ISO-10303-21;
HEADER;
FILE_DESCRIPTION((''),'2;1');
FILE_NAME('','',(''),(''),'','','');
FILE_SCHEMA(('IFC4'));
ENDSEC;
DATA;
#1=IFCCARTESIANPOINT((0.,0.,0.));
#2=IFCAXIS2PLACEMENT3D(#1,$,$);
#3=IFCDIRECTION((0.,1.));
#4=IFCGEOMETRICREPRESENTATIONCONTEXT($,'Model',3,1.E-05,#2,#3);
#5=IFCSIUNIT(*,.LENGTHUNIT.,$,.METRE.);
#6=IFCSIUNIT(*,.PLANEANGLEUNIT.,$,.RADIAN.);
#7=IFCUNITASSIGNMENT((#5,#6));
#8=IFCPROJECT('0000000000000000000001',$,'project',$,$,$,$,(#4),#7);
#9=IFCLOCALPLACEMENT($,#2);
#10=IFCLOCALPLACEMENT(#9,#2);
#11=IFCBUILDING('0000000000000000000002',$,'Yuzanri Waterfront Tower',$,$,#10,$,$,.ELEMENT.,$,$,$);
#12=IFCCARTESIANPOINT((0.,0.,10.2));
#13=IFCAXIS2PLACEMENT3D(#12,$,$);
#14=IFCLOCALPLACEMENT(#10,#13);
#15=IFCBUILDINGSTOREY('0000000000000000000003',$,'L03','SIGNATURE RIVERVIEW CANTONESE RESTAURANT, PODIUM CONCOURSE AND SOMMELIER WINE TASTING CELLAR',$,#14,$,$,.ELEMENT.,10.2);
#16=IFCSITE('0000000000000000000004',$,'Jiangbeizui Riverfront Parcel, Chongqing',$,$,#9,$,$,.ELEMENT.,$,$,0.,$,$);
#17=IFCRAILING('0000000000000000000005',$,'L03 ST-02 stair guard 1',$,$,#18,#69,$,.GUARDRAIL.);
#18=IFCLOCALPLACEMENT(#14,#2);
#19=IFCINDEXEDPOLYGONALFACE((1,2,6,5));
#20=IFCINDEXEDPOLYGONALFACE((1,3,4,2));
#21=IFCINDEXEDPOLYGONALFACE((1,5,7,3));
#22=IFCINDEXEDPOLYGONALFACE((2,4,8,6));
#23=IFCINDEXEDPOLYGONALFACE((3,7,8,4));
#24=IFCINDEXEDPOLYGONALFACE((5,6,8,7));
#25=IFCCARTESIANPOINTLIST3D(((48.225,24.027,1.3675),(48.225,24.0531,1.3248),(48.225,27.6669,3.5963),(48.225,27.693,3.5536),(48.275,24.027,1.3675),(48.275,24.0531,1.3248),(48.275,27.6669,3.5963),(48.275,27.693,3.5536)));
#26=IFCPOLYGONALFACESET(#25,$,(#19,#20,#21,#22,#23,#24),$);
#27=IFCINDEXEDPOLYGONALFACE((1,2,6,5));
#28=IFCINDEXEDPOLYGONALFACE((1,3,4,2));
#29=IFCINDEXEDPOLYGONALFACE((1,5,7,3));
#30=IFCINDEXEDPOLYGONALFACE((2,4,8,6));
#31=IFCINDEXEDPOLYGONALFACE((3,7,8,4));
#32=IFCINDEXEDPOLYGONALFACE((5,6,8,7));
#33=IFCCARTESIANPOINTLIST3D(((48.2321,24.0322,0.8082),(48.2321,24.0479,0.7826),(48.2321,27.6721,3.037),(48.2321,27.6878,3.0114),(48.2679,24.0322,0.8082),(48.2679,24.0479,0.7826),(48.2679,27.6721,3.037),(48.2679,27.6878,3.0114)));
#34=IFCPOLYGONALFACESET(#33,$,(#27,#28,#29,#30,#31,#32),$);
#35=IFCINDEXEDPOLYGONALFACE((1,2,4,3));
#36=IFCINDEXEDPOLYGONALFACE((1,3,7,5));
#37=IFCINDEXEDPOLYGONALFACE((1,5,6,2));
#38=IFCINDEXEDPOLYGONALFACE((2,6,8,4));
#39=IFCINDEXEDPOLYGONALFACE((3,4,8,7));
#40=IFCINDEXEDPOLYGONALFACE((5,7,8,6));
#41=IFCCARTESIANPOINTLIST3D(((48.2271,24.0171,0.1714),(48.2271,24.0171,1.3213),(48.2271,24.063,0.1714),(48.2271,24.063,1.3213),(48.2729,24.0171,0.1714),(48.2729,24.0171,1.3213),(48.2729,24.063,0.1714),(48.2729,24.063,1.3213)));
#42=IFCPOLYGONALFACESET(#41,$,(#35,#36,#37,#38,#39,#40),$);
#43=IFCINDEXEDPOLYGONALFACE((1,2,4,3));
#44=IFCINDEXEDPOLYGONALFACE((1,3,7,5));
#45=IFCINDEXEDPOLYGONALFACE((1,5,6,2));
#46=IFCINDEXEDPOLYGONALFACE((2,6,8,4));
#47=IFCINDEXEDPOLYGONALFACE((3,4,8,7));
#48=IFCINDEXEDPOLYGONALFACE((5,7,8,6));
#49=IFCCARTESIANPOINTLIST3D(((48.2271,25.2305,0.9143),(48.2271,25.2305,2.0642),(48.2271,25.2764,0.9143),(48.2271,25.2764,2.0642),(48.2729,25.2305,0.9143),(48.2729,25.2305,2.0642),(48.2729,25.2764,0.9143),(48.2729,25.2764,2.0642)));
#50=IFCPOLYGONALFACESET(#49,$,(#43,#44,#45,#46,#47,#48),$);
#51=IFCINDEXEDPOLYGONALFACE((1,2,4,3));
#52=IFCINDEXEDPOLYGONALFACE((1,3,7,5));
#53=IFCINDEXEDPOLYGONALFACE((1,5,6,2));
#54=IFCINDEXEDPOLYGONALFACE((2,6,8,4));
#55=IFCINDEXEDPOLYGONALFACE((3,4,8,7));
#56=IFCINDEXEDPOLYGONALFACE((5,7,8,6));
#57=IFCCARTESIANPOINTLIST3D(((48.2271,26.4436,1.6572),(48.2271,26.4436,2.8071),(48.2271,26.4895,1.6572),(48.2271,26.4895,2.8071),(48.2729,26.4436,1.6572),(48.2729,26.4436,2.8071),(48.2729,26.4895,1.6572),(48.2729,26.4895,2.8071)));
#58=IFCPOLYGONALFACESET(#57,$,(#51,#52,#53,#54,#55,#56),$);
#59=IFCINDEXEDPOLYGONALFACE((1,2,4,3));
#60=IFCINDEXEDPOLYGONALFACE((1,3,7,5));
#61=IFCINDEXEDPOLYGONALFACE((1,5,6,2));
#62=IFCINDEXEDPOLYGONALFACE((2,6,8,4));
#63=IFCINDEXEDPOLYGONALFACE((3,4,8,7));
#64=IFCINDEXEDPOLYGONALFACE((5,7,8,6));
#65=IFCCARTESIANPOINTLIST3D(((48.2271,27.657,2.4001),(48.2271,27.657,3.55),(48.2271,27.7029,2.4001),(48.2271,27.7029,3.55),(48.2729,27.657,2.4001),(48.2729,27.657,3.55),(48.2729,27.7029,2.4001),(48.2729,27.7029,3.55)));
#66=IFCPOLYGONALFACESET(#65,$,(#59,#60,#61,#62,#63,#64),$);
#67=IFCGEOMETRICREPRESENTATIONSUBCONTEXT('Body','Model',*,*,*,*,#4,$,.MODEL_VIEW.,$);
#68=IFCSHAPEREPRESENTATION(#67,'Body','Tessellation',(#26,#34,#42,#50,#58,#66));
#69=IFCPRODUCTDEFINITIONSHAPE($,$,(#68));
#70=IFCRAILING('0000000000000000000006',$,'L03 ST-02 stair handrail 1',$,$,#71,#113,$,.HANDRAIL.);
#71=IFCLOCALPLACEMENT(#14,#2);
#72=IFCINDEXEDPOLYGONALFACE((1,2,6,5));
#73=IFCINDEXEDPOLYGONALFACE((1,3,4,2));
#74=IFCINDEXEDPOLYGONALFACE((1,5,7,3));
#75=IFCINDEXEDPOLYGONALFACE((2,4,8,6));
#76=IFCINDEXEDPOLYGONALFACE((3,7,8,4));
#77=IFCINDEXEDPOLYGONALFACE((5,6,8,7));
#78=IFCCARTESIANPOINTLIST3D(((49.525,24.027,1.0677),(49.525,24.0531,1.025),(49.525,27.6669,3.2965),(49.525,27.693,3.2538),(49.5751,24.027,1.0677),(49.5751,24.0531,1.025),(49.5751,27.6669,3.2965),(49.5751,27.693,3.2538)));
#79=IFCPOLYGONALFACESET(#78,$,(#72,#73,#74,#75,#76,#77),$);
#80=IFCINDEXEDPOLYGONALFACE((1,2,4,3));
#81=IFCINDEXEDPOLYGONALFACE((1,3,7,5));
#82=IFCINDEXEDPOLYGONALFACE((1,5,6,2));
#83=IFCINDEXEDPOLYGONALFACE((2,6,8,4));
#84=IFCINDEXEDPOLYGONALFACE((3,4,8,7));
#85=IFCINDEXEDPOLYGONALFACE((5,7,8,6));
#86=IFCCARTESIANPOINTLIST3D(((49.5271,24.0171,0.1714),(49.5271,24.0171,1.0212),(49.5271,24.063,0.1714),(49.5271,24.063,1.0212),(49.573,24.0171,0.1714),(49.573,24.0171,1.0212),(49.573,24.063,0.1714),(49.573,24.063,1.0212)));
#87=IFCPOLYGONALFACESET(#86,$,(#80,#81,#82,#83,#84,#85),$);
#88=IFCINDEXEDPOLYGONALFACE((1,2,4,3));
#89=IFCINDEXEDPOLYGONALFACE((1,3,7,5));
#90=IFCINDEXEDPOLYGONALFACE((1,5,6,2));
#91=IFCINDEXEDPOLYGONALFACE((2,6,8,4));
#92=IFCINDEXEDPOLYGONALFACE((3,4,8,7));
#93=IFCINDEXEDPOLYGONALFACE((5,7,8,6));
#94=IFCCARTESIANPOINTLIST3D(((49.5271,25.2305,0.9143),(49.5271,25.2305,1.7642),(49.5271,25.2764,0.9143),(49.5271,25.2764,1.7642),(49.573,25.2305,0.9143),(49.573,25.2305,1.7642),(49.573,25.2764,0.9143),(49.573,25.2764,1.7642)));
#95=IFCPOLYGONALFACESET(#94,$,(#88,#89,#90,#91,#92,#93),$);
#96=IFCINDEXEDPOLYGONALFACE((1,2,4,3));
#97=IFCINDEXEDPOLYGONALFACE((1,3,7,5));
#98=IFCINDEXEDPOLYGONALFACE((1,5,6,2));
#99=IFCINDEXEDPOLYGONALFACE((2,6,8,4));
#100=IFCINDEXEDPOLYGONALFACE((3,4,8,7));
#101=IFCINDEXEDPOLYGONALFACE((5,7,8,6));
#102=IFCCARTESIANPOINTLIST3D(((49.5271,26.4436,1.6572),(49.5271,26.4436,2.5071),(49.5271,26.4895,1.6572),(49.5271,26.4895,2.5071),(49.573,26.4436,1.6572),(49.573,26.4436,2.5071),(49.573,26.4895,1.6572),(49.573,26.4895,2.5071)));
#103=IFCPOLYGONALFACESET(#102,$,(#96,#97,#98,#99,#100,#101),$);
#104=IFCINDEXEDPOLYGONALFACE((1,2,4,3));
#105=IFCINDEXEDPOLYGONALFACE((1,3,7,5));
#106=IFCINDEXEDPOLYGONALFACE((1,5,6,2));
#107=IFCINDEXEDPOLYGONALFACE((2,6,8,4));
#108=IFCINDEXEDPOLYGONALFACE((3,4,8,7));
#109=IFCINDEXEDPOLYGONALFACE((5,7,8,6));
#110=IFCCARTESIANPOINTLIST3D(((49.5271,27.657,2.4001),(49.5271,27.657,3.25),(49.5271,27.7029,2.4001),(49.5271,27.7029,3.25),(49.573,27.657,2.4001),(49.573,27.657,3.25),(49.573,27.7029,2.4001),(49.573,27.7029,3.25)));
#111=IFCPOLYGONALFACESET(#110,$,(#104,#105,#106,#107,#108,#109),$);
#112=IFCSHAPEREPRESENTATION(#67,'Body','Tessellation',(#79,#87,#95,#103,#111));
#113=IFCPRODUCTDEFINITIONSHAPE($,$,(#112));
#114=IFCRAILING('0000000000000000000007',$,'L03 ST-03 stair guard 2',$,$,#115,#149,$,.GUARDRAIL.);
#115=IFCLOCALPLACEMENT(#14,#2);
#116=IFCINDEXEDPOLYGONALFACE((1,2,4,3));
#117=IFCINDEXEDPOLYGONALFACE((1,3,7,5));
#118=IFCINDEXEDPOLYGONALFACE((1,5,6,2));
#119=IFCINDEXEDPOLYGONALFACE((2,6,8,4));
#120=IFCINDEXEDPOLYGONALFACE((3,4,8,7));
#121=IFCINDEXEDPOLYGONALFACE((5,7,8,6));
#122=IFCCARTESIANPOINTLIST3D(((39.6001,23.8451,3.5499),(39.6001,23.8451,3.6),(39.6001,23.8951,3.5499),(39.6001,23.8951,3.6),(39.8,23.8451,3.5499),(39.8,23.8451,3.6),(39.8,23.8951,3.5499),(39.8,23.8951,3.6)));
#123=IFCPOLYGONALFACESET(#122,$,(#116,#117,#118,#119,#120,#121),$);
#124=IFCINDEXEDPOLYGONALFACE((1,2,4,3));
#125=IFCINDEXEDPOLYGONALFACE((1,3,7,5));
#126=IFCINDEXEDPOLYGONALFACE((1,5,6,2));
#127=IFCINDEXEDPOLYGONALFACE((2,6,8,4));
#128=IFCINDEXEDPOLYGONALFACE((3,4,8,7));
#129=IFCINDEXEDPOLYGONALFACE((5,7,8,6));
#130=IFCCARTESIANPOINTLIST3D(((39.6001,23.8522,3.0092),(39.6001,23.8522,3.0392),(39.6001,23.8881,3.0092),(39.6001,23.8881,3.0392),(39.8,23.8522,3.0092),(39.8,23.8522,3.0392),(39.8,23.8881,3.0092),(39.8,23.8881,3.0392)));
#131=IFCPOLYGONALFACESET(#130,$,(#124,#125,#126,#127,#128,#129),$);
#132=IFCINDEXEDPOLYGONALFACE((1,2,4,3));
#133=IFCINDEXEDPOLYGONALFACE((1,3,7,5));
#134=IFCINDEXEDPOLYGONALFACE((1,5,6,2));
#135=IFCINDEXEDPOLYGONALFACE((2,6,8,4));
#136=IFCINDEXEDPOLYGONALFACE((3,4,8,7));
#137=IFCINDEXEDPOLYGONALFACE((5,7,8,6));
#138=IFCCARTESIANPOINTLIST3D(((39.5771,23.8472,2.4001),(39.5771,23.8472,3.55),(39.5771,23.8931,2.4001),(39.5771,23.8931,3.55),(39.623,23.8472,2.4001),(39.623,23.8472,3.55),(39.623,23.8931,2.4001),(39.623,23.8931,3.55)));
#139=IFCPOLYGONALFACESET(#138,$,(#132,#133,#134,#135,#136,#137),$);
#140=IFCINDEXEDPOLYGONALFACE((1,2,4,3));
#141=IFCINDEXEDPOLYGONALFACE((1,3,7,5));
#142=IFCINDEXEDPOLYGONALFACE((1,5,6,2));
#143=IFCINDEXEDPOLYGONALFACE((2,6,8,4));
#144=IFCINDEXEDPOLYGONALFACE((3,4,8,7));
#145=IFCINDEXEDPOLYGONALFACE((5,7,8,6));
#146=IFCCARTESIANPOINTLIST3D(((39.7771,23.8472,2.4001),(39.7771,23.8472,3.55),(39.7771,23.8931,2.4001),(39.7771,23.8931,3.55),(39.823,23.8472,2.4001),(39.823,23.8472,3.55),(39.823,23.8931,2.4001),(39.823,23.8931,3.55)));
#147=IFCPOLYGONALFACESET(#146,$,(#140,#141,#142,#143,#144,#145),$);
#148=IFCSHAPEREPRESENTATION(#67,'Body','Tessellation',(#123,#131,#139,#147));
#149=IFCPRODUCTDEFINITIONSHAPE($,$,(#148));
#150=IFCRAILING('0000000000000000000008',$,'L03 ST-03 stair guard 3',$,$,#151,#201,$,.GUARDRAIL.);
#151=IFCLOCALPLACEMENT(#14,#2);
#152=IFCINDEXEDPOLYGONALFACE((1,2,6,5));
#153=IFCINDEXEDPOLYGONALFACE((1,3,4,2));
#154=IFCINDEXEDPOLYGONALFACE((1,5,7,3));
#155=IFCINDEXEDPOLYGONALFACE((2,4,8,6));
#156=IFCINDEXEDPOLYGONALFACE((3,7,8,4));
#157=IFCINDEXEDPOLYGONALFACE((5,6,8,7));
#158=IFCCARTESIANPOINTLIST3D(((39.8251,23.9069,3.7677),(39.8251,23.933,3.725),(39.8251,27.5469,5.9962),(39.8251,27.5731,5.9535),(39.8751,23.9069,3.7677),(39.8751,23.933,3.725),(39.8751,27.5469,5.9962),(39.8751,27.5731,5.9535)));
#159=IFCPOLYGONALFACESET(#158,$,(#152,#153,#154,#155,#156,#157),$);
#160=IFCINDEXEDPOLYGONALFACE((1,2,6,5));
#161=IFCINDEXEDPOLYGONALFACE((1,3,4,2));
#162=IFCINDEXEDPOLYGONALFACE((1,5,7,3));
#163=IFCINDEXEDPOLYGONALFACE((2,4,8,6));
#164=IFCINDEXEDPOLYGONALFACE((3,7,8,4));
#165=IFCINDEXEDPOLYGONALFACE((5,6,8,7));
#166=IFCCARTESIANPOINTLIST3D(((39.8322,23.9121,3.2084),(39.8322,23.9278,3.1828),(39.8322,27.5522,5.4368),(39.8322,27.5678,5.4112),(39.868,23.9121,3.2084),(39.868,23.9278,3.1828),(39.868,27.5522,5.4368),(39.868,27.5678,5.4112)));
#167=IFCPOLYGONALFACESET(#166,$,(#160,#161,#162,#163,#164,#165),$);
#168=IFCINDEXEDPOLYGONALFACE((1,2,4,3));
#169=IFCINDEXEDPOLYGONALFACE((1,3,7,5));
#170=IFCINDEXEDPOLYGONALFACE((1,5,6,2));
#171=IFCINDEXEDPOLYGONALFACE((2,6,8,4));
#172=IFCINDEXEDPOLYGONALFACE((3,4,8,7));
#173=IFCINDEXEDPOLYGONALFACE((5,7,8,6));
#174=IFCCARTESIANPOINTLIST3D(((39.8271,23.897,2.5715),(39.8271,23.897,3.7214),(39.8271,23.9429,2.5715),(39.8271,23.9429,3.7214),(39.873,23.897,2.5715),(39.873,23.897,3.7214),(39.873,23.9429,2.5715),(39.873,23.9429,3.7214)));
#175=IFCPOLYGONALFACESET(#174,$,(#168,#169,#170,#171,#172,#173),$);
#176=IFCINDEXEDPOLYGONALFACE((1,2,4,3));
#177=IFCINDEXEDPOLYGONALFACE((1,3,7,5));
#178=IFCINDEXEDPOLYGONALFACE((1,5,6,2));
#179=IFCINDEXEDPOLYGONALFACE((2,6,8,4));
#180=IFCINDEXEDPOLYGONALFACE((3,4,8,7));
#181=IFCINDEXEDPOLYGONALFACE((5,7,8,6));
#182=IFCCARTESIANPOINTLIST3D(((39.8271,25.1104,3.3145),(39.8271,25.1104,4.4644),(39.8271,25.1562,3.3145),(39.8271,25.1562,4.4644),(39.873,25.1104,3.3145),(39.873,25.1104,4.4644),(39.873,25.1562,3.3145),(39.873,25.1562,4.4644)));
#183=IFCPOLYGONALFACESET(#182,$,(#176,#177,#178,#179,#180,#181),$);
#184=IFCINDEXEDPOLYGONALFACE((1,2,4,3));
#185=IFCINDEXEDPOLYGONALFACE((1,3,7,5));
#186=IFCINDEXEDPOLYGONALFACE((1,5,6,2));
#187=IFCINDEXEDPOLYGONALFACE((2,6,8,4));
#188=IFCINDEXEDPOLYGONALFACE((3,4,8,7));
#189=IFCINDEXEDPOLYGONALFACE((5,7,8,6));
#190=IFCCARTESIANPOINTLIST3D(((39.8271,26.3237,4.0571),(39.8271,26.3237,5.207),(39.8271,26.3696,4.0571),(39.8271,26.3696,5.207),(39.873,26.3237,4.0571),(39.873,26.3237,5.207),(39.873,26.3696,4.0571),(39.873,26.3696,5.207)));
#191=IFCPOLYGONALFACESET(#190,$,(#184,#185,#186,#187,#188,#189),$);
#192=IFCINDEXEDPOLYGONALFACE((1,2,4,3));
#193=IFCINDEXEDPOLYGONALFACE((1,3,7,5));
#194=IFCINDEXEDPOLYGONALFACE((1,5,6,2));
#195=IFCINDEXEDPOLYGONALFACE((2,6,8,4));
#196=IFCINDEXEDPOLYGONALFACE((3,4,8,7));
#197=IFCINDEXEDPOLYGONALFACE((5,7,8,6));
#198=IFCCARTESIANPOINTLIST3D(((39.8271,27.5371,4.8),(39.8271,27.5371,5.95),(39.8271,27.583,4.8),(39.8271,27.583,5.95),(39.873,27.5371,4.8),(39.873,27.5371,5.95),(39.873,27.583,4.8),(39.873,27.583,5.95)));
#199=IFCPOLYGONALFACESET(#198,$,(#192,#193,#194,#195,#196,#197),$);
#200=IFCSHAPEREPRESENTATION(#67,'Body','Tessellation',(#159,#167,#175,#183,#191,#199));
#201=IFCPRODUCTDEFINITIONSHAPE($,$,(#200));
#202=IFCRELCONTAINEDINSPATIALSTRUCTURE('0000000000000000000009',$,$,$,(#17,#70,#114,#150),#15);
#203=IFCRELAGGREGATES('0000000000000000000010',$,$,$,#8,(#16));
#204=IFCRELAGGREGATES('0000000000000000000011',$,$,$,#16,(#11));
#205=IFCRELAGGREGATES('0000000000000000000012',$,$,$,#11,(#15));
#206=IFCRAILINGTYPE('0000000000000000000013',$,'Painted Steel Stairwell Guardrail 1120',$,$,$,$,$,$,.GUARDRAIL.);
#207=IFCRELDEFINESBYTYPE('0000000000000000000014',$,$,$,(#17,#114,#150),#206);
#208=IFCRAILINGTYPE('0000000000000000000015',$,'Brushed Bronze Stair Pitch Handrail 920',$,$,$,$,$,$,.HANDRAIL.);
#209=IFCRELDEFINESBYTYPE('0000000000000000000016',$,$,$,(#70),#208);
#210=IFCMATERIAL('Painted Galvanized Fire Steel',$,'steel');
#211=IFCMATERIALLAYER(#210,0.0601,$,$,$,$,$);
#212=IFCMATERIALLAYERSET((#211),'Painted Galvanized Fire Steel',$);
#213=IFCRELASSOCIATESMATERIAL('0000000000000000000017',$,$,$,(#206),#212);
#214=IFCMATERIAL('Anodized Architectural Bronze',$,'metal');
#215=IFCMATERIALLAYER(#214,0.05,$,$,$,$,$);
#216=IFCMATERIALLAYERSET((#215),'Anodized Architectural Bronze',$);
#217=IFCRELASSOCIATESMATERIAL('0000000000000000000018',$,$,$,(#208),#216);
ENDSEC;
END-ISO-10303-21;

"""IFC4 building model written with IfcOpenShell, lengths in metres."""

from ifc_helpers import new_model, si_unit, direction, frame, origin, origin_2d, place, context, subcontext, project, spatial, rectangle, extrude, source, transform, mapped, material, layer, layer_set, type_object, element, save


model = new_model("IFC4")

# Units and contexts
model_context = context("Model", 3, precision=1e-05, world=origin(), true_north=direction((0.0, 1.0)))
body_context = subcontext(model_context, "Body", "Model", "MODEL_VIEW")
ifc_project = project(units=[si_unit("LENGTHUNIT", "METRE"), si_unit("PLANEANGLEUNIT", "RADIAN")], contexts=[model_context])

# Site, building, storey
site_placement = place(None, origin())
site = spatial("IfcSite", under=ifc_project, at=site_placement, Name="Jiangbeizui Riverfront Parcel, Chongqing", CompositionType="ELEMENT", RefElevation=0.0)
building_placement = place(site_placement, origin())
building = spatial("IfcBuilding", under=site, at=building_placement, Name="Yuzanri Waterfront Tower", CompositionType="ELEMENT")
storey_placement = place(building_placement, frame((0.0, 0.0, 10.2)))
storey = spatial("IfcBuildingStorey", under=building, at=storey_placement, Name="L03", Description="SIGNATURE RIVERVIEW CANTONESE RESTAURANT, PODIUM CONCOURSE AND SOMMELIER WINE TASTING CELLAR", CompositionType="ELEMENT", Elevation=10.2)

# Railings
ifc_material_1 = material(Name="Painted Galvanized Fire Steel", Category="steel")
ifc_layer_1 = layer(ifc_material_1, 0.0601)
ifc_layer_set_1 = layer_set([ifc_layer_1], Name="Painted Galvanized Fire Steel")
railing_type_1 = type_object("IfcRailingType", Name="Painted Steel Stairwell Guardrail 1120", PredefinedType="GUARDRAIL", material=ifc_layer_set_1)
shared_shape_1 = source(origin(), body_context, "Body", "SweptSolid", [
    extrude(rectangle(XDim=0.05, YDim=0.05, at=origin_2d()), frame((0.0, 0.0, 1.1748), z_axis=(0.0, 0.852825, 0.522197), x_axis=(-1.0, 0.0, 0.0)), (0.0, 0.0, 1.0), 4.2681),
    extrude(rectangle(XDim=0.0359, YDim=0.03, at=origin_2d()), frame((0.0, 0.0, 0.624), z_axis=(0.0, 0.852825, 0.522197), x_axis=(-1.0, 0.0, 0.0)), (0.0, 0.0, 1.0), 4.2681),
    extrude(rectangle(XDim=0.0459, YDim=0.0459, at=origin_2d()), origin(), (0.0, 0.0, 1.0), 1.1499),
    extrude(rectangle(XDim=0.0459, YDim=0.0459, at=origin_2d()), frame((0.0, 1.2134, 0.7429)), (0.0, 0.0, 1.0), 1.1499),
    extrude(rectangle(XDim=0.0459, YDim=0.0459, at=origin_2d()), frame((0.0, 2.4265, 1.4858)), (0.0, 0.0, 1.0), 1.1499),
    extrude(rectangle(XDim=0.0459, YDim=0.0459, at=origin_2d()), frame((0.0, 3.6399, 2.2288)), (0.0, 0.0, 1.0), 1.1499),
])
railing_1_placement = place(storey_placement, frame((48.25, 24.04, 0.1714)))
element("IfcRailing", 1, at=railing_1_placement, inside=storey, type_object=railing_type_1, Name="L03 ST-02 stair guard 1", PredefinedType="GUARDRAIL", context=body_context, shape_type="MappedRepresentation", body=[
    mapped(shared_shape_1, transform((0.0, 0.0, 0.0), scale=1.0)),
])
ifc_material_2 = material(Name="Anodized Architectural Bronze", Category="metal")
ifc_layer_2 = layer(ifc_material_2, 0.05)
ifc_layer_set_2 = layer_set([ifc_layer_2], Name="Anodized Architectural Bronze")
railing_type_2 = type_object("IfcRailingType", Name="Brushed Bronze Stair Pitch Handrail 920", PredefinedType="HANDRAIL", material=ifc_layer_set_2)
shared_shape_2 = source(origin(), body_context, "Body", "SweptSolid", [
    extrude(rectangle(XDim=0.05, YDim=0.05, at=origin_2d()), frame((0.0, 0.0, 0.875), z_axis=(0.0, 0.852825, 0.522197), x_axis=(-1.0, 0.0, 0.0)), (0.0, 0.0, 1.0), 4.2681),
    extrude(rectangle(XDim=0.0459, YDim=0.0459, at=origin_2d()), origin(), (0.0, 0.0, 1.0), 0.8499),
    extrude(rectangle(XDim=0.0459, YDim=0.0459, at=origin_2d()), frame((0.0, 1.2134, 0.7429)), (0.0, 0.0, 1.0), 0.8499),
    extrude(rectangle(XDim=0.0459, YDim=0.0459, at=origin_2d()), frame((0.0, 2.4265, 1.4858)), (0.0, 0.0, 1.0), 0.8499),
    extrude(rectangle(XDim=0.0459, YDim=0.0459, at=origin_2d()), frame((0.0, 3.6399, 2.2288)), (0.0, 0.0, 1.0), 0.8499),
])
railing_2_placement = place(storey_placement, frame((49.55, 24.04, 0.1714)))
element("IfcRailing", 2, at=railing_2_placement, inside=storey, type_object=railing_type_2, Name="L03 ST-02 stair handrail 1", PredefinedType="HANDRAIL", context=body_context, shape_type="MappedRepresentation", body=[
    mapped(shared_shape_2, transform((0.0, 0.0, 0.0), scale=1.0)),
])
shared_shape_3 = source(origin(), body_context, "Body", "SweptSolid", [
    extrude(rectangle(XDim=0.05, YDim=0.05, at=origin_2d()), frame((0.0, 0.0, 1.1748), z_axis=(1.0, 0.0, 0.0), x_axis=(0.0, 1.0, 0.0)), (0.0, 0.0, 1.0), 0.2),
    extrude(rectangle(XDim=0.0359, YDim=0.03, at=origin_2d()), frame((0.0, 0.0, 0.624), z_axis=(1.0, 0.0, 0.0), x_axis=(0.0, 1.0, 0.0)), (0.0, 0.0, 1.0), 0.2),
    extrude(rectangle(XDim=0.0459, YDim=0.0459, at=origin_2d()), origin(), (0.0, 0.0, 1.0), 1.1499),
    extrude(rectangle(XDim=0.0459, YDim=0.0459, at=origin_2d()), frame((0.2, 0.0, 0.0)), (0.0, 0.0, 1.0), 1.1499),
])
railing_3_placement = place(storey_placement, frame((39.6001, 23.8701, 2.4001)))
element("IfcRailing", 3, at=railing_3_placement, inside=storey, type_object=railing_type_1, Name="L03 ST-03 stair guard 2", PredefinedType="GUARDRAIL", context=body_context, shape_type="MappedRepresentation", body=[
    mapped(shared_shape_3, transform((0.0, 0.0, 0.0), scale=1.0)),
])
shared_shape_4 = source(origin(), body_context, "Body", "SweptSolid", [
    extrude(rectangle(XDim=0.05, YDim=0.05, at=origin_2d()), frame((0.0, 0.0, 1.1748), z_axis=(0.0, 0.852866, 0.52213), x_axis=(-1.0, 0.0, 0.0)), (0.0, 0.0, 1.0), 4.2681),
    extrude(rectangle(XDim=0.0359, YDim=0.03, at=origin_2d()), frame((0.0, 0.0, 0.624), z_axis=(0.0, 0.852866, 0.52213), x_axis=(-1.0, 0.0, 0.0)), (0.0, 0.0, 1.0), 4.2681),
    extrude(rectangle(XDim=0.0459, YDim=0.0459, at=origin_2d()), origin(), (0.0, 0.0, 1.0), 1.1499),
    extrude(rectangle(XDim=0.0459, YDim=0.0459, at=origin_2d()), frame((0.0, 1.2134, 0.7429)), (0.0, 0.0, 1.0), 1.1499),
    extrude(rectangle(XDim=0.0459, YDim=0.0459, at=origin_2d()), frame((0.0, 2.4268, 1.4856)), (0.0, 0.0, 1.0), 1.1499),
    extrude(rectangle(XDim=0.0459, YDim=0.0459, at=origin_2d()), frame((0.0, 3.6401, 2.2285)), (0.0, 0.0, 1.0), 1.1499),
])
railing_4_placement = place(storey_placement, frame((39.8501, 23.9199, 2.5715)))
element("IfcRailing", 4, at=railing_4_placement, inside=storey, type_object=railing_type_1, Name="L03 ST-03 stair guard 3", PredefinedType="GUARDRAIL", context=body_context, shape_type="MappedRepresentation", body=[
    mapped(shared_shape_4, transform((0.0, 0.0, 0.0), scale=1.0)),
])

save(model, "model.ifc")
